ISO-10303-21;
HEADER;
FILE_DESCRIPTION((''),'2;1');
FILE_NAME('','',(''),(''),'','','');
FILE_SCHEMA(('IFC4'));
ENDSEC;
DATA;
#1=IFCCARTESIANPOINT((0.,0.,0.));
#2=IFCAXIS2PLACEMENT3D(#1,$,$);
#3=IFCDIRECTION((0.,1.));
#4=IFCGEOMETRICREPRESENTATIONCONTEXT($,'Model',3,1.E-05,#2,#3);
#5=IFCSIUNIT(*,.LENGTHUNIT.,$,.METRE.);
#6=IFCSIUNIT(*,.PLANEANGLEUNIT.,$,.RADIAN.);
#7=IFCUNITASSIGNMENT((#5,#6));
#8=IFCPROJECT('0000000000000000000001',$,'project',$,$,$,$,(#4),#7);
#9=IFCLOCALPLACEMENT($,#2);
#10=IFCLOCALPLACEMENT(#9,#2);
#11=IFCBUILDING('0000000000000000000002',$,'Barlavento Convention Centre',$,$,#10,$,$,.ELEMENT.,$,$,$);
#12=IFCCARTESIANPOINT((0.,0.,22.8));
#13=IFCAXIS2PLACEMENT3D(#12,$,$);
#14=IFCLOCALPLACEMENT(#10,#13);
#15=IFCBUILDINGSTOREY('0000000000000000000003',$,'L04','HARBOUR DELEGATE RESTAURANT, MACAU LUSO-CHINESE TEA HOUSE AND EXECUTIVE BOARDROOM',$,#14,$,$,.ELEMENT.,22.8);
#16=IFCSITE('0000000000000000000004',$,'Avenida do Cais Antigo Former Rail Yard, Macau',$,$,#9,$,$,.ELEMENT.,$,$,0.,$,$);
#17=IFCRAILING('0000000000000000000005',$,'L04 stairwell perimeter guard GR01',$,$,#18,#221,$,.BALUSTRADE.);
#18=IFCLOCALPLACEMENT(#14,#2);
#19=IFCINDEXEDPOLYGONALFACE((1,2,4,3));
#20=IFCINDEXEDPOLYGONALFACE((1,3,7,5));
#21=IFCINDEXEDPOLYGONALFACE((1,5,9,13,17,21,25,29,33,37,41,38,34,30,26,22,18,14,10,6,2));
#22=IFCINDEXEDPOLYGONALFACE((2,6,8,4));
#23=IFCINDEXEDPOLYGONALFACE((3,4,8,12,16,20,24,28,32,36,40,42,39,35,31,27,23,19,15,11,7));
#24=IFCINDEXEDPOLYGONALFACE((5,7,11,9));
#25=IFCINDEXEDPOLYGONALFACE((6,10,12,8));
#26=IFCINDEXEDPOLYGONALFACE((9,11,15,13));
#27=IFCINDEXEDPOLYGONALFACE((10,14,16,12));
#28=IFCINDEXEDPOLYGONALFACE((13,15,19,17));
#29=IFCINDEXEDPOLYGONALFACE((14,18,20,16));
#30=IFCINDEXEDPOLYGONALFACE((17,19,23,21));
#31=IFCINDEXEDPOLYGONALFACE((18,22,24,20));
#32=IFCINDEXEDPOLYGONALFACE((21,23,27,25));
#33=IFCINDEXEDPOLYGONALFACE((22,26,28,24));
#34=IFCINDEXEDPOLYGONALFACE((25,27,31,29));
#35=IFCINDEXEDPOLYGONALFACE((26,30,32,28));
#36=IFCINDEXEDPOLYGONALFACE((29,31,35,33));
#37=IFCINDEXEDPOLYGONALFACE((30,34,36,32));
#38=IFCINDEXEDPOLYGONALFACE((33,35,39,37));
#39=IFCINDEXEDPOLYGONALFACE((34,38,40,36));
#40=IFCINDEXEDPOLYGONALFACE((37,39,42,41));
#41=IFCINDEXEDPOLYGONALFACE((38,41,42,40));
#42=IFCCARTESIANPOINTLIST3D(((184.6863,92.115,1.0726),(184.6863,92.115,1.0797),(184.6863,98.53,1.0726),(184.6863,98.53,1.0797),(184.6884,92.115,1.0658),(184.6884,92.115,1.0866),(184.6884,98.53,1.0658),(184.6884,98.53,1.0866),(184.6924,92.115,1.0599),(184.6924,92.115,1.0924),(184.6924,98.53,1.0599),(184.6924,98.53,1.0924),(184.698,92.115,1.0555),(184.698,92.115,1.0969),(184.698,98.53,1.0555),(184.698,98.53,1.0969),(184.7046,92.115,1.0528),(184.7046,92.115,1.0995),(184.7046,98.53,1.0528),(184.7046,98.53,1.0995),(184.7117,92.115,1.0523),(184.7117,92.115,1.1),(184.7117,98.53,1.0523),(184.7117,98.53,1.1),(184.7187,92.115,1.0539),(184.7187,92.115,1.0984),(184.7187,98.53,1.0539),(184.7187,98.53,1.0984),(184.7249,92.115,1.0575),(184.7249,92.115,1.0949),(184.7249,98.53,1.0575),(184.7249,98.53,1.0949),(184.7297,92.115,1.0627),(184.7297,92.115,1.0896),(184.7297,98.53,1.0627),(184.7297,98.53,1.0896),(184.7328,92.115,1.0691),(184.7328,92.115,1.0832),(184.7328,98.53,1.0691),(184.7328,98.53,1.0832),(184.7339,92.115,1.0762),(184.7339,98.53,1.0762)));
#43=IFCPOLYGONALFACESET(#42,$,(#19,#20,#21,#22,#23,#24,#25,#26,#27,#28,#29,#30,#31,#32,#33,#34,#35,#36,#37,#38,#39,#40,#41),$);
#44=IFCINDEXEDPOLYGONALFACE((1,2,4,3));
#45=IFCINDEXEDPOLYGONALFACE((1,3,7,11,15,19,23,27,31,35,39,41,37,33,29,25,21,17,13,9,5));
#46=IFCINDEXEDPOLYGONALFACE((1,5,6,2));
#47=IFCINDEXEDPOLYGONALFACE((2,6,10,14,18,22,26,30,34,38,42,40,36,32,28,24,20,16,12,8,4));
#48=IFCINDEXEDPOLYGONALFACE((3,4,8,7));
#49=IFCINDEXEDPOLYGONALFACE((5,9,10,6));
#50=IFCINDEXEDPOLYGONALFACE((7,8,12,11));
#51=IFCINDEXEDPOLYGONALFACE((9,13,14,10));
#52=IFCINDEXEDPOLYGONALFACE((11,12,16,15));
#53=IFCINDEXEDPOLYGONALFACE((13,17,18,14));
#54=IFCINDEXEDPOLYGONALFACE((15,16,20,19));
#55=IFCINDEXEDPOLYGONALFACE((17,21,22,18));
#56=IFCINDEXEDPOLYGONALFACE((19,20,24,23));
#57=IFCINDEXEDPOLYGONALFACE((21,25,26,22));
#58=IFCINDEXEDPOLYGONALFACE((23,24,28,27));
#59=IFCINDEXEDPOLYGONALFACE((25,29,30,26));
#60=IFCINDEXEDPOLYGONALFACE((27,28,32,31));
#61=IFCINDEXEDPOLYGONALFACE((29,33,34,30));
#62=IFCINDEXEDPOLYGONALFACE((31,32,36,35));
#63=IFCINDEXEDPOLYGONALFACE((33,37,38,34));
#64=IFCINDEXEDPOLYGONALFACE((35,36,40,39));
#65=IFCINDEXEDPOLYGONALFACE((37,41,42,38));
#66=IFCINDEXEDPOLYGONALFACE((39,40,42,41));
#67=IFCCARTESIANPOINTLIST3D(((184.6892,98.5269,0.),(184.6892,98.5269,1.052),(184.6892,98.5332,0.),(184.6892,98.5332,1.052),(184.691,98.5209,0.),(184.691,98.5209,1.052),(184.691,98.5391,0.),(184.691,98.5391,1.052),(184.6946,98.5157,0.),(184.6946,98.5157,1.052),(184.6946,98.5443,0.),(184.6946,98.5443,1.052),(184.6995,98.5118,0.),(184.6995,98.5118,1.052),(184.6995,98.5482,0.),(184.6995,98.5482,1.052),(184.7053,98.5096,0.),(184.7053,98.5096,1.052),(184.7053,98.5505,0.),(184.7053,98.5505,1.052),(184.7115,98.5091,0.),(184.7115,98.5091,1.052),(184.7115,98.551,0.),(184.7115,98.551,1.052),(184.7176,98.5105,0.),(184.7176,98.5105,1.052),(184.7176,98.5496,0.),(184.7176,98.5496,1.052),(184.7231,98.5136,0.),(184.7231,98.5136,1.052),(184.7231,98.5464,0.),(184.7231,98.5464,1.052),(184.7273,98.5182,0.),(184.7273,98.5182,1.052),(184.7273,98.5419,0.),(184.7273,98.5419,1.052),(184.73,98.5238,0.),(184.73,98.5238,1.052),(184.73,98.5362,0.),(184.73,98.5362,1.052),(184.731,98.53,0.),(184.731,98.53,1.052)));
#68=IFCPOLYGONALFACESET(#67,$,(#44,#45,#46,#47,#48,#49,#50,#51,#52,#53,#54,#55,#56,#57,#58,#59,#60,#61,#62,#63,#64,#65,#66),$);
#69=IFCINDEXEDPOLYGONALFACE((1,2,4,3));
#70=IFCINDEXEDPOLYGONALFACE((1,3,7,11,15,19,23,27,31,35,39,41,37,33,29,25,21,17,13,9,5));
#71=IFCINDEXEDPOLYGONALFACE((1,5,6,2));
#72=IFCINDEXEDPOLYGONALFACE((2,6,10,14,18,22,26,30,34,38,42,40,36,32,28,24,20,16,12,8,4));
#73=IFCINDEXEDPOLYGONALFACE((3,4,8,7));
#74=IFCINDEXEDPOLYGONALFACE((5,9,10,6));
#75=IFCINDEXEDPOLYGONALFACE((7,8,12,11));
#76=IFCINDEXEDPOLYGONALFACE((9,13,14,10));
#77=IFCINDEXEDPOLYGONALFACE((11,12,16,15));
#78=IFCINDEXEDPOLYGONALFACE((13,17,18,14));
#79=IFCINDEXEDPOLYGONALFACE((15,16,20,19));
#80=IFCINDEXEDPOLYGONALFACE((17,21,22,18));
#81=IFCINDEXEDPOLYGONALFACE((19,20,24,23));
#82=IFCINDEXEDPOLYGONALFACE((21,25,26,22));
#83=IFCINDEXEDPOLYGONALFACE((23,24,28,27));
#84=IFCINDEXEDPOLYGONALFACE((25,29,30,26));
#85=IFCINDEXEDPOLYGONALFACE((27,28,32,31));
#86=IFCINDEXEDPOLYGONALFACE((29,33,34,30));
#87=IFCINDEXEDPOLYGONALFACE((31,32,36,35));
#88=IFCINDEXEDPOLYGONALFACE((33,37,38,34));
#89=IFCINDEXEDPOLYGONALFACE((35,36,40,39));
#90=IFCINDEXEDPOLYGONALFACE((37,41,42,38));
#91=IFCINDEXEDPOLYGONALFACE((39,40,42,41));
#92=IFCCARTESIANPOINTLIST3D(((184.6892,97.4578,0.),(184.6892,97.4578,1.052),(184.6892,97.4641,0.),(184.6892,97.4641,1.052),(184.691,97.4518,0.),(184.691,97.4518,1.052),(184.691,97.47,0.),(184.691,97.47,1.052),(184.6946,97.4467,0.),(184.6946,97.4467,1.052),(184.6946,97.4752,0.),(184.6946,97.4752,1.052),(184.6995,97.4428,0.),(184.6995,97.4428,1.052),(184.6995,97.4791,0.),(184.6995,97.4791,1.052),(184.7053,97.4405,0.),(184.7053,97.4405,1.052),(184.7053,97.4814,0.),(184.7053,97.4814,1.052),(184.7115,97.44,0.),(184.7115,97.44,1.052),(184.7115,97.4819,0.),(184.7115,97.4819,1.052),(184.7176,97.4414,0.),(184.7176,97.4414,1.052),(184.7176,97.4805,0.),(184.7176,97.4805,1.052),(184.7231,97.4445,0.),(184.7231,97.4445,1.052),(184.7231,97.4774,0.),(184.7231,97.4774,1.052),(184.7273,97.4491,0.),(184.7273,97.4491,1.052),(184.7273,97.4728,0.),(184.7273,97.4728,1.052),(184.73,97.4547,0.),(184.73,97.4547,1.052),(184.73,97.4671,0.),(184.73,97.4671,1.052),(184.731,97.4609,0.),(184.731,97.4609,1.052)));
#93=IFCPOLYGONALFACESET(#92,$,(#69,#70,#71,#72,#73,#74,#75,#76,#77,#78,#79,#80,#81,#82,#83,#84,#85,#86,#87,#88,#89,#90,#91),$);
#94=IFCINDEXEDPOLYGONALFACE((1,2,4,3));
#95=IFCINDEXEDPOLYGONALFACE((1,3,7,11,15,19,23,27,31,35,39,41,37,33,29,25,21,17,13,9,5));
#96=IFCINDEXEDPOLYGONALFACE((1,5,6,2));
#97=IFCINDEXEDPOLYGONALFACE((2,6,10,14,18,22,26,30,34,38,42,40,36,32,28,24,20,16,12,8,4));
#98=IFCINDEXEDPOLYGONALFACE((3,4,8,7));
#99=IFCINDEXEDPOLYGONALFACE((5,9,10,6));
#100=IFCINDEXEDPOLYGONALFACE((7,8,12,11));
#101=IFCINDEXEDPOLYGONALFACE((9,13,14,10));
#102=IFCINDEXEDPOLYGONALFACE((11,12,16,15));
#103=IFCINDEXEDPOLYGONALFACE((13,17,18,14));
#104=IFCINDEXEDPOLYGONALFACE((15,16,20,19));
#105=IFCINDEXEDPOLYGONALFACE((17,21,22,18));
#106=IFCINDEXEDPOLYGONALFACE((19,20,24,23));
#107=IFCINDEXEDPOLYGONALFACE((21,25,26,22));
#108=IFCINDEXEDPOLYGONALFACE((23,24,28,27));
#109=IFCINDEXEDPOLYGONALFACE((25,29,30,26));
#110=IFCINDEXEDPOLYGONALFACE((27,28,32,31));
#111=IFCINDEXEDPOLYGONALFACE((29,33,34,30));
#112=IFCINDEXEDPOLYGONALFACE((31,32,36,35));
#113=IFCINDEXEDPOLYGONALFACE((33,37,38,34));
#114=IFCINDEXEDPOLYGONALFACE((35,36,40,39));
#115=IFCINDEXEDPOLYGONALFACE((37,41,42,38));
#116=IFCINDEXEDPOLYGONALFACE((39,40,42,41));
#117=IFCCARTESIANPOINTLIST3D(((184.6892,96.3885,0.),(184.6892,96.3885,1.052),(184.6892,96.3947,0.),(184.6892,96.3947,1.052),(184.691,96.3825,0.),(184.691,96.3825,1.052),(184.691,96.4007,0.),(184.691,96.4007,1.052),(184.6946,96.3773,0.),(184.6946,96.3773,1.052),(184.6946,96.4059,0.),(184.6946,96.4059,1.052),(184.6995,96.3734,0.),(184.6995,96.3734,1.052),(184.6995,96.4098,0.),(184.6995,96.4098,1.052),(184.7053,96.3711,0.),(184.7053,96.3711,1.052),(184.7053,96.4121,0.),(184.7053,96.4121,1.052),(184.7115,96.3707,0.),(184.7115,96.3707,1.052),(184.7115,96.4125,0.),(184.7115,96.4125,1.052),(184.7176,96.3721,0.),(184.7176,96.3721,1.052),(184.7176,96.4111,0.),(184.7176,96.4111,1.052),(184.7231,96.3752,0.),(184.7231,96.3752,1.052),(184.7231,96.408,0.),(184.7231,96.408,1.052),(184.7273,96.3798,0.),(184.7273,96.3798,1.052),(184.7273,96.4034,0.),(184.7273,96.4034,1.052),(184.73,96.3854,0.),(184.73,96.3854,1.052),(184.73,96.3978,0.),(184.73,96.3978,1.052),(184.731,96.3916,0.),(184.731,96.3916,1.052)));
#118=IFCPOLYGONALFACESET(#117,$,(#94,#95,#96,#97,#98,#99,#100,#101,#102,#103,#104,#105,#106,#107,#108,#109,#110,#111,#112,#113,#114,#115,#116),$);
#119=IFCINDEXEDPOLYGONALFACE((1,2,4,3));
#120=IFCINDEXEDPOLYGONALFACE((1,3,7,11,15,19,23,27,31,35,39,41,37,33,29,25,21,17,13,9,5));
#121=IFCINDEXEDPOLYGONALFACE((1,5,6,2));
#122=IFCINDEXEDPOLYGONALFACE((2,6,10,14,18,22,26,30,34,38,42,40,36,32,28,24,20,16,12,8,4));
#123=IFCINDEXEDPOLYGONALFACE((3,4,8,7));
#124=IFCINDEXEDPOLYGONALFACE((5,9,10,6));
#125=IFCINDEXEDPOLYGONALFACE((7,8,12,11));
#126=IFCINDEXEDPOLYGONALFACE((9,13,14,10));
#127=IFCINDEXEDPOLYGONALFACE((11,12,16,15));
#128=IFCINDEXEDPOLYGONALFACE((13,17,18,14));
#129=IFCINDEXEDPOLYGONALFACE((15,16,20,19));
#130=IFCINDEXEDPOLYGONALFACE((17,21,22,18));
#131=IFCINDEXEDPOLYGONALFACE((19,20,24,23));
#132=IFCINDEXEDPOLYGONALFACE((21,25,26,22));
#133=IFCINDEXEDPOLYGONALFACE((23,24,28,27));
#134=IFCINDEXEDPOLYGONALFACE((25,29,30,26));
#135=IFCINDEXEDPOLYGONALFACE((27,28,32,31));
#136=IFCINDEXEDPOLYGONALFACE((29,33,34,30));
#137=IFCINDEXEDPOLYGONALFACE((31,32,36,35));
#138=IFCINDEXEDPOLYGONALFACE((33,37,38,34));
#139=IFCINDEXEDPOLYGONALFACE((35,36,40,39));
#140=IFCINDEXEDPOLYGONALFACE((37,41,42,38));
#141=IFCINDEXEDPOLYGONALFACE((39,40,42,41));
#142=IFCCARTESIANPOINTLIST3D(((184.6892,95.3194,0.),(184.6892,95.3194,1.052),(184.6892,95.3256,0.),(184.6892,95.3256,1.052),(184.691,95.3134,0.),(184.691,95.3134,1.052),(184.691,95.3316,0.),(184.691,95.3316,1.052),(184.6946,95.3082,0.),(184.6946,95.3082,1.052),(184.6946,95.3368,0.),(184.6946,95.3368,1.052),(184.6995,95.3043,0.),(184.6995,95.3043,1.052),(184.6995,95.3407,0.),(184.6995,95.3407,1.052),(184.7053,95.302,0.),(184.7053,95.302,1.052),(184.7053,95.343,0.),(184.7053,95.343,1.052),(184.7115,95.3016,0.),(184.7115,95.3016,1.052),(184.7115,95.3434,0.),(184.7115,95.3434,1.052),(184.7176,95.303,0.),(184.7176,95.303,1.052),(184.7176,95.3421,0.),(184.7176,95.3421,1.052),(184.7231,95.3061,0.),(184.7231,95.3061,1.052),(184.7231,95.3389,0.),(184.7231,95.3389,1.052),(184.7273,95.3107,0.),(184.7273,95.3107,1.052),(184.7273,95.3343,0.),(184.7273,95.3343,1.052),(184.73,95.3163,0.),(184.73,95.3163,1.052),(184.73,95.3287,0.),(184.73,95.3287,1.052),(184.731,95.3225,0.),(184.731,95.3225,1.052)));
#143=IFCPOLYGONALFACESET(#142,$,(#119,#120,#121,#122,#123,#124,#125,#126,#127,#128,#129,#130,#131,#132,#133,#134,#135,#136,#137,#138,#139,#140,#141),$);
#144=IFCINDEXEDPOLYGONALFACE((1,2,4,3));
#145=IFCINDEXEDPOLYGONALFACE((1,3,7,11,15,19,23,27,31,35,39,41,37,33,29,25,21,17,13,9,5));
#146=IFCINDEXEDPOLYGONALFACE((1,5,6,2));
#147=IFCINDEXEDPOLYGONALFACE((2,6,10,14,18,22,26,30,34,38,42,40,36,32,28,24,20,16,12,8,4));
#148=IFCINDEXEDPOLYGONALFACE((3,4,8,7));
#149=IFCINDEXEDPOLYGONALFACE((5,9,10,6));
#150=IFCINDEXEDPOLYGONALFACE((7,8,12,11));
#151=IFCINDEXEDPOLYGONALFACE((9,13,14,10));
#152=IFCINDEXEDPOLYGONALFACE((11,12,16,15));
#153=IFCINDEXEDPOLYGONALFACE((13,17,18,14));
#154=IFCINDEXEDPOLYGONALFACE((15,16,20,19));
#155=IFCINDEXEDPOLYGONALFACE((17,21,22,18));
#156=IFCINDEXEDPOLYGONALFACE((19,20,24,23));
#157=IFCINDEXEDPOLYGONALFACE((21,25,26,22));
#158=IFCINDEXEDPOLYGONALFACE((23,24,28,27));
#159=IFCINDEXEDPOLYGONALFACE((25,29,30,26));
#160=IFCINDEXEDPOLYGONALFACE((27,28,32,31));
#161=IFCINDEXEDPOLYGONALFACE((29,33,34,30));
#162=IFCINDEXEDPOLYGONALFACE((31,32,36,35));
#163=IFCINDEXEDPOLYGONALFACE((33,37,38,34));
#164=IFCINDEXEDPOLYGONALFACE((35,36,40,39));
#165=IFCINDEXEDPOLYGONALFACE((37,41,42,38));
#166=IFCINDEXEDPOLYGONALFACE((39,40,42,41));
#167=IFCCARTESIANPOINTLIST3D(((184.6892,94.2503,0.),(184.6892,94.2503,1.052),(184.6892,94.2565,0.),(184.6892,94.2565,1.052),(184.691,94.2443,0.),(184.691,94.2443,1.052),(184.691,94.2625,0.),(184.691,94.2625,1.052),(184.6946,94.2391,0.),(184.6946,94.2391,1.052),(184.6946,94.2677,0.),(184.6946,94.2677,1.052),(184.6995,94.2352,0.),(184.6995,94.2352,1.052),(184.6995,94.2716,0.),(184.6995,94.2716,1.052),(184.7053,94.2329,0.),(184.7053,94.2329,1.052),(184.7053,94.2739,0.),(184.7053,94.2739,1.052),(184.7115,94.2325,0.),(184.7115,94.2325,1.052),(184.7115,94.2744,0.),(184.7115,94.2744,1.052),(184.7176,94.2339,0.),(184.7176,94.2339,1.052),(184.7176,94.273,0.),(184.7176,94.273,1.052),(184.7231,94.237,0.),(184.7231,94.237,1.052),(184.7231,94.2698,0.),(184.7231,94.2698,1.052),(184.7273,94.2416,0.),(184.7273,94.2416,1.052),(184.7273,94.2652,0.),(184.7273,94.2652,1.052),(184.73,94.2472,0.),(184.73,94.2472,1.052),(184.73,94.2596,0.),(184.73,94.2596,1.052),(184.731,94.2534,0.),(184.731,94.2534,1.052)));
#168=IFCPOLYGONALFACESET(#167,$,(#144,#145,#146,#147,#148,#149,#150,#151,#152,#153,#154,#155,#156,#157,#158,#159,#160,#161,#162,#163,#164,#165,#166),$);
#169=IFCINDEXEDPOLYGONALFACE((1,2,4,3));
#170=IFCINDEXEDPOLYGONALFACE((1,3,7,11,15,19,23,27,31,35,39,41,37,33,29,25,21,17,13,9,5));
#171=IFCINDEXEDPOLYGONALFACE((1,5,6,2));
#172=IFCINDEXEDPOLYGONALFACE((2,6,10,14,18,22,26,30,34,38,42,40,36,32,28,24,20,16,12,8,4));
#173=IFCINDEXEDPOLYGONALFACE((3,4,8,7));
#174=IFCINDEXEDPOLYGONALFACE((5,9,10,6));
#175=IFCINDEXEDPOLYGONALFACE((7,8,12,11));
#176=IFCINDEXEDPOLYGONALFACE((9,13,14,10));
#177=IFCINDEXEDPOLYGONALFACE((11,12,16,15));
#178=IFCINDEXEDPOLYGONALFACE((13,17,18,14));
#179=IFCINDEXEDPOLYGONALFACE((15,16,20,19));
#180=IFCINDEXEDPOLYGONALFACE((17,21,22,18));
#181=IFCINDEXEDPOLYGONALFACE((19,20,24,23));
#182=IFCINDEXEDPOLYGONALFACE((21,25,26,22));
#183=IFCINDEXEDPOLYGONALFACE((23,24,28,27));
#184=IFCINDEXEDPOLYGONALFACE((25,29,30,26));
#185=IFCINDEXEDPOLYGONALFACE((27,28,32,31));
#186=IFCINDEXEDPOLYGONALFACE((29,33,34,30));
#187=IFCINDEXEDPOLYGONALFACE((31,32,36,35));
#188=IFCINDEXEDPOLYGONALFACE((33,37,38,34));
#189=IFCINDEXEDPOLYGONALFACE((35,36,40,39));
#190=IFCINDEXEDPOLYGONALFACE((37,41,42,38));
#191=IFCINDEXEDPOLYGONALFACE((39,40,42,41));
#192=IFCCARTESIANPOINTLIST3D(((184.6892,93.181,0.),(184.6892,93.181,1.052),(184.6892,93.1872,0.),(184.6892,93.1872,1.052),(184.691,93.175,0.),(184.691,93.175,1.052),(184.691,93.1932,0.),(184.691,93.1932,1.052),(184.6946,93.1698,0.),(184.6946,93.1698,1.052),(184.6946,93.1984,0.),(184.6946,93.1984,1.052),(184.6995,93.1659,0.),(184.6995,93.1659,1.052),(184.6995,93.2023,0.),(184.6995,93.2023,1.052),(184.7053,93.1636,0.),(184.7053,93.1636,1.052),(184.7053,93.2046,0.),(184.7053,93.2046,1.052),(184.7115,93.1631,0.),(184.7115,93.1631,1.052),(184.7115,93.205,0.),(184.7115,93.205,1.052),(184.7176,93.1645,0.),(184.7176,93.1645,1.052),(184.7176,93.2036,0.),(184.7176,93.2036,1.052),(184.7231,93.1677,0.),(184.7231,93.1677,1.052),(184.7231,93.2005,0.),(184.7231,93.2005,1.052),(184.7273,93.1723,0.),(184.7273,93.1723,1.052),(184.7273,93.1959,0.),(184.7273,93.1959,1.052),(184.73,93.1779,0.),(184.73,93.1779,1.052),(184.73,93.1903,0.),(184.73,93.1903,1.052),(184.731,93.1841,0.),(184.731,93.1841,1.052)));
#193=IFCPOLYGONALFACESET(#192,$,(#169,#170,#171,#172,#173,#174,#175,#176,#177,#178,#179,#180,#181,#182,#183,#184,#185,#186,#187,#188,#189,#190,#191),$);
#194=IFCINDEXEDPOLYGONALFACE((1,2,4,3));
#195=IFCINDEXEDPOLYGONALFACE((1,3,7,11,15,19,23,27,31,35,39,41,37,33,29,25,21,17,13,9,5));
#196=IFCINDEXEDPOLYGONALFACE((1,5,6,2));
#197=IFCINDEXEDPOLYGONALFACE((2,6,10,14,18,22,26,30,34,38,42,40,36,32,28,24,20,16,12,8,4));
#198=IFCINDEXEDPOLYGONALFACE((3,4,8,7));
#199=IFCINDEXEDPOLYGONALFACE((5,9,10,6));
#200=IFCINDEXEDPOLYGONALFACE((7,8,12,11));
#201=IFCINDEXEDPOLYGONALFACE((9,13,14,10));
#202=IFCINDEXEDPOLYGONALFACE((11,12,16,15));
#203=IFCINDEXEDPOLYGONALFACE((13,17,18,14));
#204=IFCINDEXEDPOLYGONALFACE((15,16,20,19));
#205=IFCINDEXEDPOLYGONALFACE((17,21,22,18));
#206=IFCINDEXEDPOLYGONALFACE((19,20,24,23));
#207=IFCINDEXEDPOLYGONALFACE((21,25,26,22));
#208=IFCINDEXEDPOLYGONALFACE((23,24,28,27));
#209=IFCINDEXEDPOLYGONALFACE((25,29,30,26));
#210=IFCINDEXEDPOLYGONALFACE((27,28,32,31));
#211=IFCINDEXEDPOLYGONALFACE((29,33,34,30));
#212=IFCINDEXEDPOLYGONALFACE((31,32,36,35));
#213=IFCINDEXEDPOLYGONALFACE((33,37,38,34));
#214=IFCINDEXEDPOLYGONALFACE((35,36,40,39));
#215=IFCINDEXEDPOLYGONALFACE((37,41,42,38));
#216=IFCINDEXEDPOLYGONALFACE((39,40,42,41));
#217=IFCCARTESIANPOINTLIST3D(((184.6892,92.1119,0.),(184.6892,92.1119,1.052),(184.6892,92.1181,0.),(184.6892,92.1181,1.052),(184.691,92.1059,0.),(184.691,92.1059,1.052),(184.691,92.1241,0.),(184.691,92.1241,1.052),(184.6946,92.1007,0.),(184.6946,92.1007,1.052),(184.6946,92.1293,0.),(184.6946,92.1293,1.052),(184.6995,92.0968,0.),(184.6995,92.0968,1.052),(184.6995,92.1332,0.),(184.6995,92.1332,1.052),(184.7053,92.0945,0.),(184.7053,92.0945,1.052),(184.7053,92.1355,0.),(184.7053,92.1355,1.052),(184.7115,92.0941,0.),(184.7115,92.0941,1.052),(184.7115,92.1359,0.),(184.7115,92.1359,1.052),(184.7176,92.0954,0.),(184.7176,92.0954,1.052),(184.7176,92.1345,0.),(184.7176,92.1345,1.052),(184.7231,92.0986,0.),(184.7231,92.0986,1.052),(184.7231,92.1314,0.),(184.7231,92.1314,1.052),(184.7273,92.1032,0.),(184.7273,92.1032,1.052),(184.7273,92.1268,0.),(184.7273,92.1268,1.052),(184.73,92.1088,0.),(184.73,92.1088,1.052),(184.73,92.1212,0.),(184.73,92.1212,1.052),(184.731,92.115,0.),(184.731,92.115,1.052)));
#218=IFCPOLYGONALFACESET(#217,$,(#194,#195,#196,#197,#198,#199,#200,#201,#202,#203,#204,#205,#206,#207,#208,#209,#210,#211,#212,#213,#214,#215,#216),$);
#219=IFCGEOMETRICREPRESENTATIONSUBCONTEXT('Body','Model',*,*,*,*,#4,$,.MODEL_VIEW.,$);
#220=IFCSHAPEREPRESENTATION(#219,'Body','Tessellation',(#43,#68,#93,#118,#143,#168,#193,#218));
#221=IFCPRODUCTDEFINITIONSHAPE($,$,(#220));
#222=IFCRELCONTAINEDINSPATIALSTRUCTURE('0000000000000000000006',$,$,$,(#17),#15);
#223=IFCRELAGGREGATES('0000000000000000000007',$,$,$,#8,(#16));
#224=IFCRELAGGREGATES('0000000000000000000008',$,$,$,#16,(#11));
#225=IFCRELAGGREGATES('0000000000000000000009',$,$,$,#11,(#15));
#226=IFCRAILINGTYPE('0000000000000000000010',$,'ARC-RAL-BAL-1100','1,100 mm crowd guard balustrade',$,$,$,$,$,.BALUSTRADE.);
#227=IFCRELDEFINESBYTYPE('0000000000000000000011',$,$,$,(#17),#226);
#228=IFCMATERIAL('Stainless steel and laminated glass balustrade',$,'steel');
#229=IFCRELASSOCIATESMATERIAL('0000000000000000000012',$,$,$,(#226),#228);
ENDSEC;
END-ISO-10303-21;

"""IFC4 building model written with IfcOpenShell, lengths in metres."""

from ifc_helpers import new_model, si_unit, direction, frame, origin, origin_2d, place, context, subcontext, project, spatial, circle, extrude, material, type_object, element, save


model = new_model("IFC4")

# Units and contexts
model_context = context("Model", 3, precision=1e-05, world=origin(), true_north=direction((0.0, 1.0)))
body_context = subcontext(model_context, "Body", "Model", "MODEL_VIEW")
ifc_project = project(units=[si_unit("LENGTHUNIT", "METRE"), si_unit("PLANEANGLEUNIT", "RADIAN")], contexts=[model_context])

# Site, building, storey
site_placement = place(None, origin())
site = spatial("IfcSite", under=ifc_project, at=site_placement, Name="Avenida do Cais Antigo Former Rail Yard, Macau", CompositionType="ELEMENT", RefElevation=0.0)
building_placement = place(site_placement, origin())
building = spatial("IfcBuilding", under=site, at=building_placement, Name="Barlavento Convention Centre", CompositionType="ELEMENT")
storey_placement = place(building_placement, frame((0.0, 0.0, 22.8)))
storey = spatial("IfcBuildingStorey", under=building, at=storey_placement, Name="L04", Description="HARBOUR DELEGATE RESTAURANT, MACAU LUSO-CHINESE TEA HOUSE AND EXECUTIVE BOARDROOM", CompositionType="ELEMENT", Elevation=22.8)

# Railing
ifc_material_1 = material(Name="Stainless steel and laminated glass balustrade", Category="steel")
railing_type_1 = type_object("IfcRailingType", Name="ARC-RAL-BAL-1100", Description="1,100 mm crowd guard balustrade", PredefinedType="BALUSTRADE", material=ifc_material_1)
railing_1_placement = place(storey_placement, frame((184.71, 98.53, 0.0)))
element("IfcRailing", 1, at=railing_1_placement, inside=storey, type_object=railing_type_1, Name="L04 stairwell perimeter guard GR01", PredefinedType="BALUSTRADE", context=body_context, shape_type="SweptSolid", body=[
    extrude(circle(Radius=0.0239, at=origin_2d()), frame((0.0, 0.0, 1.0762), z_axis=(0.0, -1.0, 0.0), x_axis=(1.0, 0.0, 0.0)), (0.0, 0.0, 1.0), 6.415),
    extrude(circle(Radius=0.021, at=origin_2d()), origin(), (0.0, 0.0, 1.0), 1.052),
    extrude(circle(Radius=0.021, at=origin_2d()), frame((0.0, -1.0691, 0.0)), (0.0, 0.0, 1.0), 1.052),
    extrude(circle(Radius=0.021, at=origin_2d()), frame((0.0, -2.1384, 0.0)), (0.0, 0.0, 1.0), 1.052),
    extrude(circle(Radius=0.021, at=origin_2d()), frame((0.0, -3.2075, 0.0)), (0.0, 0.0, 1.0), 1.052),
    extrude(circle(Radius=0.021, at=origin_2d()), frame((0.0, -4.2766, 0.0)), (0.0, 0.0, 1.0), 1.052),
    extrude(circle(Radius=0.021, at=origin_2d()), frame((0.0, -5.3459, 0.0)), (0.0, 0.0, 1.0), 1.052),
    extrude(circle(Radius=0.021, at=origin_2d()), frame((0.0, -6.415, 0.0)), (0.0, 0.0, 1.0), 1.052),
])

save(model, "model.ifc")
